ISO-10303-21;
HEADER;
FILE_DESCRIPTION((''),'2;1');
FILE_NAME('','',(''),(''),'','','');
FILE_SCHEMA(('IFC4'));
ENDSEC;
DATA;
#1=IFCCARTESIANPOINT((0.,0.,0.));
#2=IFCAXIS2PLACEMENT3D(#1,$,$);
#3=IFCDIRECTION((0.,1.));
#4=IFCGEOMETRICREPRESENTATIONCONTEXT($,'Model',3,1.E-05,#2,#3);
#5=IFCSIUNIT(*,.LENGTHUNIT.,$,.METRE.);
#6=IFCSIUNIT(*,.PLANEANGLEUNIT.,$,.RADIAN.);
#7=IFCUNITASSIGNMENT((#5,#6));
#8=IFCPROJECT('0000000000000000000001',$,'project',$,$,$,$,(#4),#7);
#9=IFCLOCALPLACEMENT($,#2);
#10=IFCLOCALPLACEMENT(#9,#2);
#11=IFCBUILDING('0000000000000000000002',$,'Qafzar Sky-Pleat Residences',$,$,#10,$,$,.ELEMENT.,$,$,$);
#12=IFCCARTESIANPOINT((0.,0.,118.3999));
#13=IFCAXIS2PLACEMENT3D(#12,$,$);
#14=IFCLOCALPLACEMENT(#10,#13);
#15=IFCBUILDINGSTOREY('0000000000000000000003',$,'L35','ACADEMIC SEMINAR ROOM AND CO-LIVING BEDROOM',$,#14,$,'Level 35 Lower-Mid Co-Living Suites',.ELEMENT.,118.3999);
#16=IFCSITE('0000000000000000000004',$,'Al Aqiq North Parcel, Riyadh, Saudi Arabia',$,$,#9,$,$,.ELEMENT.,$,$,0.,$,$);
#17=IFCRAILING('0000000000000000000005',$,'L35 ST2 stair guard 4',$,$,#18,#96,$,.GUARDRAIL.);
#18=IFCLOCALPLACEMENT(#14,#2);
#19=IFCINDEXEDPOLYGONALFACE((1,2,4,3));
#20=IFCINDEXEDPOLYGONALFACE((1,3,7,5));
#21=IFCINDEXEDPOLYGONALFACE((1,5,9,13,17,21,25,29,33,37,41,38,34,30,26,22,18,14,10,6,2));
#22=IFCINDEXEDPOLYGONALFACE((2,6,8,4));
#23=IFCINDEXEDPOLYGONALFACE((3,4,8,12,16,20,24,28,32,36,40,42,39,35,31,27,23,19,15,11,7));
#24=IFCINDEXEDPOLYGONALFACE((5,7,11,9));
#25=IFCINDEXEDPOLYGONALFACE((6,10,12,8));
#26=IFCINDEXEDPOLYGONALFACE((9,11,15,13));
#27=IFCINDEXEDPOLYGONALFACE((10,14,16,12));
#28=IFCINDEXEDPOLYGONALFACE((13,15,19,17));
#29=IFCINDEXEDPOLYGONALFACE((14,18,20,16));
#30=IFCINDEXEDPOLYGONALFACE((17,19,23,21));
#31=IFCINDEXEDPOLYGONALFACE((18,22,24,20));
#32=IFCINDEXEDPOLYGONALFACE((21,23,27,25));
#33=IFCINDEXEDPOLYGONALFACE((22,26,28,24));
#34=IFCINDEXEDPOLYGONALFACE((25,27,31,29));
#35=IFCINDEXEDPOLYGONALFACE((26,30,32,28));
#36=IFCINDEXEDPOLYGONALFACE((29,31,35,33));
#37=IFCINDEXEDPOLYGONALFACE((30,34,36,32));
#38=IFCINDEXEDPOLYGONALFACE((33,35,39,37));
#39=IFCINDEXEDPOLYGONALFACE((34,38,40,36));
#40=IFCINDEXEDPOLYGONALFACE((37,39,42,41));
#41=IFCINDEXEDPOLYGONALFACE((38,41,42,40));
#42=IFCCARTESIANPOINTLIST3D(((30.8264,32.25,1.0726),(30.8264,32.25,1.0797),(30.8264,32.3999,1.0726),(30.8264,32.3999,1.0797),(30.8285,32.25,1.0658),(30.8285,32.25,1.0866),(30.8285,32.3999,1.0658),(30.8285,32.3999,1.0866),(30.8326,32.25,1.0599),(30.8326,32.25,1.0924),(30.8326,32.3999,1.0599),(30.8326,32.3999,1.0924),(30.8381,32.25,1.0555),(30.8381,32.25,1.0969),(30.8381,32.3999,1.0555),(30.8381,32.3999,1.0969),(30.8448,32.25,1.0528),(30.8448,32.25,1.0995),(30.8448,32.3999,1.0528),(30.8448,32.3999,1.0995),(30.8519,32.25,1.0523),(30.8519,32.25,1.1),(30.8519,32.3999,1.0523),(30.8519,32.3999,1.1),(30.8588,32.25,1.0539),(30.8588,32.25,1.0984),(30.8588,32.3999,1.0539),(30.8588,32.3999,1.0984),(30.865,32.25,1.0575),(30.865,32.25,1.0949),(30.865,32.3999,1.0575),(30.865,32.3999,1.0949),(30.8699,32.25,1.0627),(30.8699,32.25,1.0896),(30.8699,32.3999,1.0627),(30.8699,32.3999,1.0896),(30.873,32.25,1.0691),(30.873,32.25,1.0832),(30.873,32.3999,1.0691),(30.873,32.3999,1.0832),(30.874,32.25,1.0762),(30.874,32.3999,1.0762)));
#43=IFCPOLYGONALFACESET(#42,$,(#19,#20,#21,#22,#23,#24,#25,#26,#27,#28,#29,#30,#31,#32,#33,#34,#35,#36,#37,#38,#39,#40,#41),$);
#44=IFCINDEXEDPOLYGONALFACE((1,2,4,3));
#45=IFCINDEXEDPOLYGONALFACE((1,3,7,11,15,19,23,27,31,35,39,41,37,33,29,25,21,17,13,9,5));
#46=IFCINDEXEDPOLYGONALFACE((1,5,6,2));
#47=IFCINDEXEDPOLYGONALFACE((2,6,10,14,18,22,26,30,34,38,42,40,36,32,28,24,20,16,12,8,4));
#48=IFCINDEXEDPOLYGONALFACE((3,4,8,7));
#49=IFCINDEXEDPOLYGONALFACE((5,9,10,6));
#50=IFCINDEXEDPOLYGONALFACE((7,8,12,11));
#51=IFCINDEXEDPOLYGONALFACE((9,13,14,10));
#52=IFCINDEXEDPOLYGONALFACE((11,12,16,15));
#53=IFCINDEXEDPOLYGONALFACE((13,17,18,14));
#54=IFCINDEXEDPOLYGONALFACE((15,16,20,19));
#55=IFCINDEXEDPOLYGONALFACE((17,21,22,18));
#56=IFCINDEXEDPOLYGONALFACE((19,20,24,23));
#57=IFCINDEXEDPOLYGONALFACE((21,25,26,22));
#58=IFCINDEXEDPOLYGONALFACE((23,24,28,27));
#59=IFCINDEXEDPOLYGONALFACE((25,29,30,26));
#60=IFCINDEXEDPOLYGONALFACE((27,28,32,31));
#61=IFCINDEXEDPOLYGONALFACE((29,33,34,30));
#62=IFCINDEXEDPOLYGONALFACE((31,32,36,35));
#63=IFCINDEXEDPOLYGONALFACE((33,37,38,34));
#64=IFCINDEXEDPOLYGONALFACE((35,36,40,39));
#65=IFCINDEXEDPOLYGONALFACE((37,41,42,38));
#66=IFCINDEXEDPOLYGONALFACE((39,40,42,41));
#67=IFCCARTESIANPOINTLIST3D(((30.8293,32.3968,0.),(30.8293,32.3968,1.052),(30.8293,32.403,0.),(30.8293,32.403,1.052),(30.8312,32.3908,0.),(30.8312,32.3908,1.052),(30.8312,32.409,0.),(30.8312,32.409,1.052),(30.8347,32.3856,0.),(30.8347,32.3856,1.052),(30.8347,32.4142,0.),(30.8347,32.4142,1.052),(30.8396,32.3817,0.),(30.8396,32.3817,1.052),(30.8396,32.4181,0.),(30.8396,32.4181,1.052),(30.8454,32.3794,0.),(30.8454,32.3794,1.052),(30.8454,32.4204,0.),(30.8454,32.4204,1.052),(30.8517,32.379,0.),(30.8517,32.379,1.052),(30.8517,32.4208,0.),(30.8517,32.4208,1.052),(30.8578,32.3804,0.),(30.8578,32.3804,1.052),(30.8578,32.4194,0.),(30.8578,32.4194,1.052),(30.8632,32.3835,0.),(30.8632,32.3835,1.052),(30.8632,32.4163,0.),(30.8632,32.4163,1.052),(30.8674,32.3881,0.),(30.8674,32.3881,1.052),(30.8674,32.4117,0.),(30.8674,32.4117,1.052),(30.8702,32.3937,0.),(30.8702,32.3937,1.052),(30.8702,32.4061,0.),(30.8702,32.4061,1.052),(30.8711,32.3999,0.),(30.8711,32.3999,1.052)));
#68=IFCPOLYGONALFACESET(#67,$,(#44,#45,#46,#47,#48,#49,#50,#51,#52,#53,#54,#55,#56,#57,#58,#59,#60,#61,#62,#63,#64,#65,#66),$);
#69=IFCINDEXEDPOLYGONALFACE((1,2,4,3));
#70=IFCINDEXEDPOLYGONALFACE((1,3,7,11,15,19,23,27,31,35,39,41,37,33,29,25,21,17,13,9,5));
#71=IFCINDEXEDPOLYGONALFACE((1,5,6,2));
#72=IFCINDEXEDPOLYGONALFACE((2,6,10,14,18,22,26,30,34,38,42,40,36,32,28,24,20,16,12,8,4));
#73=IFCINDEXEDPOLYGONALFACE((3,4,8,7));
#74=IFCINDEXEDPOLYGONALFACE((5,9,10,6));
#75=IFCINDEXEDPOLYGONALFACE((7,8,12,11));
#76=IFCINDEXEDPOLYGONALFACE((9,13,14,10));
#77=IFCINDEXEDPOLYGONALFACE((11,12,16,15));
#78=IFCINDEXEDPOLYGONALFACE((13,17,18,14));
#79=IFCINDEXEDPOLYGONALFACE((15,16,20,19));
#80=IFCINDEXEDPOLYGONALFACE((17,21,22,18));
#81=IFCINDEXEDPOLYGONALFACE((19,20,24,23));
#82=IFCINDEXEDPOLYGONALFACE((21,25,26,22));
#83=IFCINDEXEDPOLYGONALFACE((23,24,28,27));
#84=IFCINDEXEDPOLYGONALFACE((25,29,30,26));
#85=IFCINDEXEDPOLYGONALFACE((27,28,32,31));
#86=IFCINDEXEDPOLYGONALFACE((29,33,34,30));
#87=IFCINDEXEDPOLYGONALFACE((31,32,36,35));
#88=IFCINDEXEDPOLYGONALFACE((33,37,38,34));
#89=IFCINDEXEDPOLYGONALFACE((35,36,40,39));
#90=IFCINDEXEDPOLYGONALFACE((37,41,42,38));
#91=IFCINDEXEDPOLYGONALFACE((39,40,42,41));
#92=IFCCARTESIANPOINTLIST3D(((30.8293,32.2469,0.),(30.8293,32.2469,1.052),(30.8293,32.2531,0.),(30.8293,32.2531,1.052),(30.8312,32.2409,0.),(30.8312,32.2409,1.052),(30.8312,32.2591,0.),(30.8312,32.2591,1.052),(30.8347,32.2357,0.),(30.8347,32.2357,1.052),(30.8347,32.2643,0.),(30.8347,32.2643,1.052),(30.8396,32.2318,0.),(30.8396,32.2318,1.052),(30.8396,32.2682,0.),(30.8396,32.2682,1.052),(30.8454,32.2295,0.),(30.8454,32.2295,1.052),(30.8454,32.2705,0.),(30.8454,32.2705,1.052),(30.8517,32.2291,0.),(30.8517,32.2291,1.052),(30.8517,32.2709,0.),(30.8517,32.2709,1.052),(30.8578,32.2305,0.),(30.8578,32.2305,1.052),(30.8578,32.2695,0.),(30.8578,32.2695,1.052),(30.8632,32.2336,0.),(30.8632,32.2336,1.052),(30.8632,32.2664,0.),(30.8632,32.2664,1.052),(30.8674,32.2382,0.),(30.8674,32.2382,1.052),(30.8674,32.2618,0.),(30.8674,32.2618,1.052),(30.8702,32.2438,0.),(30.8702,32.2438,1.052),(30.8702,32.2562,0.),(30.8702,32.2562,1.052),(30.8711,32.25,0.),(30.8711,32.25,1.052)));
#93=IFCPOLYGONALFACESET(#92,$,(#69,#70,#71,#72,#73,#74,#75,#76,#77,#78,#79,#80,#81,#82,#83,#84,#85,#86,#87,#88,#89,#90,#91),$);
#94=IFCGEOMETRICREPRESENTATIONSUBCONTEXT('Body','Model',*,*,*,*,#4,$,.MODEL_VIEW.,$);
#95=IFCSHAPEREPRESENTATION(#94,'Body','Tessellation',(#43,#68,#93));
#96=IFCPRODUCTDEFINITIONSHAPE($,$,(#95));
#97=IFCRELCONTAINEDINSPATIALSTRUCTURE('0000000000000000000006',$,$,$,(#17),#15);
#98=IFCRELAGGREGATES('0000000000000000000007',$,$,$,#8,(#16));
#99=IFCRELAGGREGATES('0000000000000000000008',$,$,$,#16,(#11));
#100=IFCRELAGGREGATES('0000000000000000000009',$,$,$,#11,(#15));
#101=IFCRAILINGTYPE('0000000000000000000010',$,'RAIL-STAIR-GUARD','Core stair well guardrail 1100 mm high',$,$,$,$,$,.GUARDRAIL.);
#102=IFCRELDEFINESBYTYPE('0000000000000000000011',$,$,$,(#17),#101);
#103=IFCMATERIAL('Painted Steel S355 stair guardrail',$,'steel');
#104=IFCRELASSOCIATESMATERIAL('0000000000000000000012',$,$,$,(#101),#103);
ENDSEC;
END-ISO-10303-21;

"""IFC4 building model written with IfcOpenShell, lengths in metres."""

from ifc_helpers import new_model, si_unit, direction, frame, origin, origin_2d, place, context, subcontext, project, spatial, circle, extrude, source, transform, mapped, material, type_object, element, save


model = new_model("IFC4")

# Units and contexts
model_context = context("Model", 3, precision=1e-05, world=origin(), true_north=direction((0.0, 1.0)))
body_context = subcontext(model_context, "Body", "Model", "MODEL_VIEW")
ifc_project = project(units=[si_unit("LENGTHUNIT", "METRE"), si_unit("PLANEANGLEUNIT", "RADIAN")], contexts=[model_context])

# Site, building, storey
site_placement = place(None, origin())
site = spatial("IfcSite", under=ifc_project, at=site_placement, Name="Al Aqiq North Parcel, Riyadh, Saudi Arabia", CompositionType="ELEMENT", RefElevation=0.0)
building_placement = place(site_placement, origin())
building = spatial("IfcBuilding", under=site, at=building_placement, Name="Qafzar Sky-Pleat Residences", CompositionType="ELEMENT")
storey_placement = place(building_placement, frame((0.0, 0.0, 118.3999)))
storey = spatial("IfcBuildingStorey", under=building, at=storey_placement, Name="L35", Description="ACADEMIC SEMINAR ROOM AND CO-LIVING BEDROOM", LongName="Level 35 Lower-Mid Co-Living Suites", CompositionType="ELEMENT", Elevation=118.3999)

# Railing
ifc_material_1 = material(Name="Painted Steel S355 stair guardrail", Category="steel")
railing_type_1 = type_object("IfcRailingType", Name="RAIL-STAIR-GUARD", Description="Core stair well guardrail 1100 mm high", PredefinedType="GUARDRAIL", material=ifc_material_1)
shared_shape_1 = source(origin(), body_context, "Body", "SweptSolid", [
    extrude(circle(Radius=0.0239, at=origin_2d()), frame((0.0, 0.0, 1.0762), z_axis=(0.0, -1.0, 0.0), x_axis=(1.0, 0.0, 0.0)), (0.0, 0.0, 1.0), 0.1499),
    extrude(circle(Radius=0.021, at=origin_2d()), origin(), (0.0, 0.0, 1.0), 1.052),
    extrude(circle(Radius=0.021, at=origin_2d()), frame((0.0, -0.1499, 0.0)), (0.0, 0.0, 1.0), 1.052),
])
railing_1_placement = place(storey_placement, frame((30.8501, 32.3999, 0.0)))
element("IfcRailing", 1, at=railing_1_placement, inside=storey, type_object=railing_type_1, Name="L35 ST2 stair guard 4", PredefinedType="GUARDRAIL", context=body_context, shape_type="MappedRepresentation", body=[
    mapped(shared_shape_1, transform((0.0, 0.0, 0.0), x_axis=(1.0, 0.0, 0.0), y_axis=(0.0, 1.0, 0.0), z_axis=(0.0, 0.0, 1.0), scale=1.0)),
])

save(model, "model.ifc")
